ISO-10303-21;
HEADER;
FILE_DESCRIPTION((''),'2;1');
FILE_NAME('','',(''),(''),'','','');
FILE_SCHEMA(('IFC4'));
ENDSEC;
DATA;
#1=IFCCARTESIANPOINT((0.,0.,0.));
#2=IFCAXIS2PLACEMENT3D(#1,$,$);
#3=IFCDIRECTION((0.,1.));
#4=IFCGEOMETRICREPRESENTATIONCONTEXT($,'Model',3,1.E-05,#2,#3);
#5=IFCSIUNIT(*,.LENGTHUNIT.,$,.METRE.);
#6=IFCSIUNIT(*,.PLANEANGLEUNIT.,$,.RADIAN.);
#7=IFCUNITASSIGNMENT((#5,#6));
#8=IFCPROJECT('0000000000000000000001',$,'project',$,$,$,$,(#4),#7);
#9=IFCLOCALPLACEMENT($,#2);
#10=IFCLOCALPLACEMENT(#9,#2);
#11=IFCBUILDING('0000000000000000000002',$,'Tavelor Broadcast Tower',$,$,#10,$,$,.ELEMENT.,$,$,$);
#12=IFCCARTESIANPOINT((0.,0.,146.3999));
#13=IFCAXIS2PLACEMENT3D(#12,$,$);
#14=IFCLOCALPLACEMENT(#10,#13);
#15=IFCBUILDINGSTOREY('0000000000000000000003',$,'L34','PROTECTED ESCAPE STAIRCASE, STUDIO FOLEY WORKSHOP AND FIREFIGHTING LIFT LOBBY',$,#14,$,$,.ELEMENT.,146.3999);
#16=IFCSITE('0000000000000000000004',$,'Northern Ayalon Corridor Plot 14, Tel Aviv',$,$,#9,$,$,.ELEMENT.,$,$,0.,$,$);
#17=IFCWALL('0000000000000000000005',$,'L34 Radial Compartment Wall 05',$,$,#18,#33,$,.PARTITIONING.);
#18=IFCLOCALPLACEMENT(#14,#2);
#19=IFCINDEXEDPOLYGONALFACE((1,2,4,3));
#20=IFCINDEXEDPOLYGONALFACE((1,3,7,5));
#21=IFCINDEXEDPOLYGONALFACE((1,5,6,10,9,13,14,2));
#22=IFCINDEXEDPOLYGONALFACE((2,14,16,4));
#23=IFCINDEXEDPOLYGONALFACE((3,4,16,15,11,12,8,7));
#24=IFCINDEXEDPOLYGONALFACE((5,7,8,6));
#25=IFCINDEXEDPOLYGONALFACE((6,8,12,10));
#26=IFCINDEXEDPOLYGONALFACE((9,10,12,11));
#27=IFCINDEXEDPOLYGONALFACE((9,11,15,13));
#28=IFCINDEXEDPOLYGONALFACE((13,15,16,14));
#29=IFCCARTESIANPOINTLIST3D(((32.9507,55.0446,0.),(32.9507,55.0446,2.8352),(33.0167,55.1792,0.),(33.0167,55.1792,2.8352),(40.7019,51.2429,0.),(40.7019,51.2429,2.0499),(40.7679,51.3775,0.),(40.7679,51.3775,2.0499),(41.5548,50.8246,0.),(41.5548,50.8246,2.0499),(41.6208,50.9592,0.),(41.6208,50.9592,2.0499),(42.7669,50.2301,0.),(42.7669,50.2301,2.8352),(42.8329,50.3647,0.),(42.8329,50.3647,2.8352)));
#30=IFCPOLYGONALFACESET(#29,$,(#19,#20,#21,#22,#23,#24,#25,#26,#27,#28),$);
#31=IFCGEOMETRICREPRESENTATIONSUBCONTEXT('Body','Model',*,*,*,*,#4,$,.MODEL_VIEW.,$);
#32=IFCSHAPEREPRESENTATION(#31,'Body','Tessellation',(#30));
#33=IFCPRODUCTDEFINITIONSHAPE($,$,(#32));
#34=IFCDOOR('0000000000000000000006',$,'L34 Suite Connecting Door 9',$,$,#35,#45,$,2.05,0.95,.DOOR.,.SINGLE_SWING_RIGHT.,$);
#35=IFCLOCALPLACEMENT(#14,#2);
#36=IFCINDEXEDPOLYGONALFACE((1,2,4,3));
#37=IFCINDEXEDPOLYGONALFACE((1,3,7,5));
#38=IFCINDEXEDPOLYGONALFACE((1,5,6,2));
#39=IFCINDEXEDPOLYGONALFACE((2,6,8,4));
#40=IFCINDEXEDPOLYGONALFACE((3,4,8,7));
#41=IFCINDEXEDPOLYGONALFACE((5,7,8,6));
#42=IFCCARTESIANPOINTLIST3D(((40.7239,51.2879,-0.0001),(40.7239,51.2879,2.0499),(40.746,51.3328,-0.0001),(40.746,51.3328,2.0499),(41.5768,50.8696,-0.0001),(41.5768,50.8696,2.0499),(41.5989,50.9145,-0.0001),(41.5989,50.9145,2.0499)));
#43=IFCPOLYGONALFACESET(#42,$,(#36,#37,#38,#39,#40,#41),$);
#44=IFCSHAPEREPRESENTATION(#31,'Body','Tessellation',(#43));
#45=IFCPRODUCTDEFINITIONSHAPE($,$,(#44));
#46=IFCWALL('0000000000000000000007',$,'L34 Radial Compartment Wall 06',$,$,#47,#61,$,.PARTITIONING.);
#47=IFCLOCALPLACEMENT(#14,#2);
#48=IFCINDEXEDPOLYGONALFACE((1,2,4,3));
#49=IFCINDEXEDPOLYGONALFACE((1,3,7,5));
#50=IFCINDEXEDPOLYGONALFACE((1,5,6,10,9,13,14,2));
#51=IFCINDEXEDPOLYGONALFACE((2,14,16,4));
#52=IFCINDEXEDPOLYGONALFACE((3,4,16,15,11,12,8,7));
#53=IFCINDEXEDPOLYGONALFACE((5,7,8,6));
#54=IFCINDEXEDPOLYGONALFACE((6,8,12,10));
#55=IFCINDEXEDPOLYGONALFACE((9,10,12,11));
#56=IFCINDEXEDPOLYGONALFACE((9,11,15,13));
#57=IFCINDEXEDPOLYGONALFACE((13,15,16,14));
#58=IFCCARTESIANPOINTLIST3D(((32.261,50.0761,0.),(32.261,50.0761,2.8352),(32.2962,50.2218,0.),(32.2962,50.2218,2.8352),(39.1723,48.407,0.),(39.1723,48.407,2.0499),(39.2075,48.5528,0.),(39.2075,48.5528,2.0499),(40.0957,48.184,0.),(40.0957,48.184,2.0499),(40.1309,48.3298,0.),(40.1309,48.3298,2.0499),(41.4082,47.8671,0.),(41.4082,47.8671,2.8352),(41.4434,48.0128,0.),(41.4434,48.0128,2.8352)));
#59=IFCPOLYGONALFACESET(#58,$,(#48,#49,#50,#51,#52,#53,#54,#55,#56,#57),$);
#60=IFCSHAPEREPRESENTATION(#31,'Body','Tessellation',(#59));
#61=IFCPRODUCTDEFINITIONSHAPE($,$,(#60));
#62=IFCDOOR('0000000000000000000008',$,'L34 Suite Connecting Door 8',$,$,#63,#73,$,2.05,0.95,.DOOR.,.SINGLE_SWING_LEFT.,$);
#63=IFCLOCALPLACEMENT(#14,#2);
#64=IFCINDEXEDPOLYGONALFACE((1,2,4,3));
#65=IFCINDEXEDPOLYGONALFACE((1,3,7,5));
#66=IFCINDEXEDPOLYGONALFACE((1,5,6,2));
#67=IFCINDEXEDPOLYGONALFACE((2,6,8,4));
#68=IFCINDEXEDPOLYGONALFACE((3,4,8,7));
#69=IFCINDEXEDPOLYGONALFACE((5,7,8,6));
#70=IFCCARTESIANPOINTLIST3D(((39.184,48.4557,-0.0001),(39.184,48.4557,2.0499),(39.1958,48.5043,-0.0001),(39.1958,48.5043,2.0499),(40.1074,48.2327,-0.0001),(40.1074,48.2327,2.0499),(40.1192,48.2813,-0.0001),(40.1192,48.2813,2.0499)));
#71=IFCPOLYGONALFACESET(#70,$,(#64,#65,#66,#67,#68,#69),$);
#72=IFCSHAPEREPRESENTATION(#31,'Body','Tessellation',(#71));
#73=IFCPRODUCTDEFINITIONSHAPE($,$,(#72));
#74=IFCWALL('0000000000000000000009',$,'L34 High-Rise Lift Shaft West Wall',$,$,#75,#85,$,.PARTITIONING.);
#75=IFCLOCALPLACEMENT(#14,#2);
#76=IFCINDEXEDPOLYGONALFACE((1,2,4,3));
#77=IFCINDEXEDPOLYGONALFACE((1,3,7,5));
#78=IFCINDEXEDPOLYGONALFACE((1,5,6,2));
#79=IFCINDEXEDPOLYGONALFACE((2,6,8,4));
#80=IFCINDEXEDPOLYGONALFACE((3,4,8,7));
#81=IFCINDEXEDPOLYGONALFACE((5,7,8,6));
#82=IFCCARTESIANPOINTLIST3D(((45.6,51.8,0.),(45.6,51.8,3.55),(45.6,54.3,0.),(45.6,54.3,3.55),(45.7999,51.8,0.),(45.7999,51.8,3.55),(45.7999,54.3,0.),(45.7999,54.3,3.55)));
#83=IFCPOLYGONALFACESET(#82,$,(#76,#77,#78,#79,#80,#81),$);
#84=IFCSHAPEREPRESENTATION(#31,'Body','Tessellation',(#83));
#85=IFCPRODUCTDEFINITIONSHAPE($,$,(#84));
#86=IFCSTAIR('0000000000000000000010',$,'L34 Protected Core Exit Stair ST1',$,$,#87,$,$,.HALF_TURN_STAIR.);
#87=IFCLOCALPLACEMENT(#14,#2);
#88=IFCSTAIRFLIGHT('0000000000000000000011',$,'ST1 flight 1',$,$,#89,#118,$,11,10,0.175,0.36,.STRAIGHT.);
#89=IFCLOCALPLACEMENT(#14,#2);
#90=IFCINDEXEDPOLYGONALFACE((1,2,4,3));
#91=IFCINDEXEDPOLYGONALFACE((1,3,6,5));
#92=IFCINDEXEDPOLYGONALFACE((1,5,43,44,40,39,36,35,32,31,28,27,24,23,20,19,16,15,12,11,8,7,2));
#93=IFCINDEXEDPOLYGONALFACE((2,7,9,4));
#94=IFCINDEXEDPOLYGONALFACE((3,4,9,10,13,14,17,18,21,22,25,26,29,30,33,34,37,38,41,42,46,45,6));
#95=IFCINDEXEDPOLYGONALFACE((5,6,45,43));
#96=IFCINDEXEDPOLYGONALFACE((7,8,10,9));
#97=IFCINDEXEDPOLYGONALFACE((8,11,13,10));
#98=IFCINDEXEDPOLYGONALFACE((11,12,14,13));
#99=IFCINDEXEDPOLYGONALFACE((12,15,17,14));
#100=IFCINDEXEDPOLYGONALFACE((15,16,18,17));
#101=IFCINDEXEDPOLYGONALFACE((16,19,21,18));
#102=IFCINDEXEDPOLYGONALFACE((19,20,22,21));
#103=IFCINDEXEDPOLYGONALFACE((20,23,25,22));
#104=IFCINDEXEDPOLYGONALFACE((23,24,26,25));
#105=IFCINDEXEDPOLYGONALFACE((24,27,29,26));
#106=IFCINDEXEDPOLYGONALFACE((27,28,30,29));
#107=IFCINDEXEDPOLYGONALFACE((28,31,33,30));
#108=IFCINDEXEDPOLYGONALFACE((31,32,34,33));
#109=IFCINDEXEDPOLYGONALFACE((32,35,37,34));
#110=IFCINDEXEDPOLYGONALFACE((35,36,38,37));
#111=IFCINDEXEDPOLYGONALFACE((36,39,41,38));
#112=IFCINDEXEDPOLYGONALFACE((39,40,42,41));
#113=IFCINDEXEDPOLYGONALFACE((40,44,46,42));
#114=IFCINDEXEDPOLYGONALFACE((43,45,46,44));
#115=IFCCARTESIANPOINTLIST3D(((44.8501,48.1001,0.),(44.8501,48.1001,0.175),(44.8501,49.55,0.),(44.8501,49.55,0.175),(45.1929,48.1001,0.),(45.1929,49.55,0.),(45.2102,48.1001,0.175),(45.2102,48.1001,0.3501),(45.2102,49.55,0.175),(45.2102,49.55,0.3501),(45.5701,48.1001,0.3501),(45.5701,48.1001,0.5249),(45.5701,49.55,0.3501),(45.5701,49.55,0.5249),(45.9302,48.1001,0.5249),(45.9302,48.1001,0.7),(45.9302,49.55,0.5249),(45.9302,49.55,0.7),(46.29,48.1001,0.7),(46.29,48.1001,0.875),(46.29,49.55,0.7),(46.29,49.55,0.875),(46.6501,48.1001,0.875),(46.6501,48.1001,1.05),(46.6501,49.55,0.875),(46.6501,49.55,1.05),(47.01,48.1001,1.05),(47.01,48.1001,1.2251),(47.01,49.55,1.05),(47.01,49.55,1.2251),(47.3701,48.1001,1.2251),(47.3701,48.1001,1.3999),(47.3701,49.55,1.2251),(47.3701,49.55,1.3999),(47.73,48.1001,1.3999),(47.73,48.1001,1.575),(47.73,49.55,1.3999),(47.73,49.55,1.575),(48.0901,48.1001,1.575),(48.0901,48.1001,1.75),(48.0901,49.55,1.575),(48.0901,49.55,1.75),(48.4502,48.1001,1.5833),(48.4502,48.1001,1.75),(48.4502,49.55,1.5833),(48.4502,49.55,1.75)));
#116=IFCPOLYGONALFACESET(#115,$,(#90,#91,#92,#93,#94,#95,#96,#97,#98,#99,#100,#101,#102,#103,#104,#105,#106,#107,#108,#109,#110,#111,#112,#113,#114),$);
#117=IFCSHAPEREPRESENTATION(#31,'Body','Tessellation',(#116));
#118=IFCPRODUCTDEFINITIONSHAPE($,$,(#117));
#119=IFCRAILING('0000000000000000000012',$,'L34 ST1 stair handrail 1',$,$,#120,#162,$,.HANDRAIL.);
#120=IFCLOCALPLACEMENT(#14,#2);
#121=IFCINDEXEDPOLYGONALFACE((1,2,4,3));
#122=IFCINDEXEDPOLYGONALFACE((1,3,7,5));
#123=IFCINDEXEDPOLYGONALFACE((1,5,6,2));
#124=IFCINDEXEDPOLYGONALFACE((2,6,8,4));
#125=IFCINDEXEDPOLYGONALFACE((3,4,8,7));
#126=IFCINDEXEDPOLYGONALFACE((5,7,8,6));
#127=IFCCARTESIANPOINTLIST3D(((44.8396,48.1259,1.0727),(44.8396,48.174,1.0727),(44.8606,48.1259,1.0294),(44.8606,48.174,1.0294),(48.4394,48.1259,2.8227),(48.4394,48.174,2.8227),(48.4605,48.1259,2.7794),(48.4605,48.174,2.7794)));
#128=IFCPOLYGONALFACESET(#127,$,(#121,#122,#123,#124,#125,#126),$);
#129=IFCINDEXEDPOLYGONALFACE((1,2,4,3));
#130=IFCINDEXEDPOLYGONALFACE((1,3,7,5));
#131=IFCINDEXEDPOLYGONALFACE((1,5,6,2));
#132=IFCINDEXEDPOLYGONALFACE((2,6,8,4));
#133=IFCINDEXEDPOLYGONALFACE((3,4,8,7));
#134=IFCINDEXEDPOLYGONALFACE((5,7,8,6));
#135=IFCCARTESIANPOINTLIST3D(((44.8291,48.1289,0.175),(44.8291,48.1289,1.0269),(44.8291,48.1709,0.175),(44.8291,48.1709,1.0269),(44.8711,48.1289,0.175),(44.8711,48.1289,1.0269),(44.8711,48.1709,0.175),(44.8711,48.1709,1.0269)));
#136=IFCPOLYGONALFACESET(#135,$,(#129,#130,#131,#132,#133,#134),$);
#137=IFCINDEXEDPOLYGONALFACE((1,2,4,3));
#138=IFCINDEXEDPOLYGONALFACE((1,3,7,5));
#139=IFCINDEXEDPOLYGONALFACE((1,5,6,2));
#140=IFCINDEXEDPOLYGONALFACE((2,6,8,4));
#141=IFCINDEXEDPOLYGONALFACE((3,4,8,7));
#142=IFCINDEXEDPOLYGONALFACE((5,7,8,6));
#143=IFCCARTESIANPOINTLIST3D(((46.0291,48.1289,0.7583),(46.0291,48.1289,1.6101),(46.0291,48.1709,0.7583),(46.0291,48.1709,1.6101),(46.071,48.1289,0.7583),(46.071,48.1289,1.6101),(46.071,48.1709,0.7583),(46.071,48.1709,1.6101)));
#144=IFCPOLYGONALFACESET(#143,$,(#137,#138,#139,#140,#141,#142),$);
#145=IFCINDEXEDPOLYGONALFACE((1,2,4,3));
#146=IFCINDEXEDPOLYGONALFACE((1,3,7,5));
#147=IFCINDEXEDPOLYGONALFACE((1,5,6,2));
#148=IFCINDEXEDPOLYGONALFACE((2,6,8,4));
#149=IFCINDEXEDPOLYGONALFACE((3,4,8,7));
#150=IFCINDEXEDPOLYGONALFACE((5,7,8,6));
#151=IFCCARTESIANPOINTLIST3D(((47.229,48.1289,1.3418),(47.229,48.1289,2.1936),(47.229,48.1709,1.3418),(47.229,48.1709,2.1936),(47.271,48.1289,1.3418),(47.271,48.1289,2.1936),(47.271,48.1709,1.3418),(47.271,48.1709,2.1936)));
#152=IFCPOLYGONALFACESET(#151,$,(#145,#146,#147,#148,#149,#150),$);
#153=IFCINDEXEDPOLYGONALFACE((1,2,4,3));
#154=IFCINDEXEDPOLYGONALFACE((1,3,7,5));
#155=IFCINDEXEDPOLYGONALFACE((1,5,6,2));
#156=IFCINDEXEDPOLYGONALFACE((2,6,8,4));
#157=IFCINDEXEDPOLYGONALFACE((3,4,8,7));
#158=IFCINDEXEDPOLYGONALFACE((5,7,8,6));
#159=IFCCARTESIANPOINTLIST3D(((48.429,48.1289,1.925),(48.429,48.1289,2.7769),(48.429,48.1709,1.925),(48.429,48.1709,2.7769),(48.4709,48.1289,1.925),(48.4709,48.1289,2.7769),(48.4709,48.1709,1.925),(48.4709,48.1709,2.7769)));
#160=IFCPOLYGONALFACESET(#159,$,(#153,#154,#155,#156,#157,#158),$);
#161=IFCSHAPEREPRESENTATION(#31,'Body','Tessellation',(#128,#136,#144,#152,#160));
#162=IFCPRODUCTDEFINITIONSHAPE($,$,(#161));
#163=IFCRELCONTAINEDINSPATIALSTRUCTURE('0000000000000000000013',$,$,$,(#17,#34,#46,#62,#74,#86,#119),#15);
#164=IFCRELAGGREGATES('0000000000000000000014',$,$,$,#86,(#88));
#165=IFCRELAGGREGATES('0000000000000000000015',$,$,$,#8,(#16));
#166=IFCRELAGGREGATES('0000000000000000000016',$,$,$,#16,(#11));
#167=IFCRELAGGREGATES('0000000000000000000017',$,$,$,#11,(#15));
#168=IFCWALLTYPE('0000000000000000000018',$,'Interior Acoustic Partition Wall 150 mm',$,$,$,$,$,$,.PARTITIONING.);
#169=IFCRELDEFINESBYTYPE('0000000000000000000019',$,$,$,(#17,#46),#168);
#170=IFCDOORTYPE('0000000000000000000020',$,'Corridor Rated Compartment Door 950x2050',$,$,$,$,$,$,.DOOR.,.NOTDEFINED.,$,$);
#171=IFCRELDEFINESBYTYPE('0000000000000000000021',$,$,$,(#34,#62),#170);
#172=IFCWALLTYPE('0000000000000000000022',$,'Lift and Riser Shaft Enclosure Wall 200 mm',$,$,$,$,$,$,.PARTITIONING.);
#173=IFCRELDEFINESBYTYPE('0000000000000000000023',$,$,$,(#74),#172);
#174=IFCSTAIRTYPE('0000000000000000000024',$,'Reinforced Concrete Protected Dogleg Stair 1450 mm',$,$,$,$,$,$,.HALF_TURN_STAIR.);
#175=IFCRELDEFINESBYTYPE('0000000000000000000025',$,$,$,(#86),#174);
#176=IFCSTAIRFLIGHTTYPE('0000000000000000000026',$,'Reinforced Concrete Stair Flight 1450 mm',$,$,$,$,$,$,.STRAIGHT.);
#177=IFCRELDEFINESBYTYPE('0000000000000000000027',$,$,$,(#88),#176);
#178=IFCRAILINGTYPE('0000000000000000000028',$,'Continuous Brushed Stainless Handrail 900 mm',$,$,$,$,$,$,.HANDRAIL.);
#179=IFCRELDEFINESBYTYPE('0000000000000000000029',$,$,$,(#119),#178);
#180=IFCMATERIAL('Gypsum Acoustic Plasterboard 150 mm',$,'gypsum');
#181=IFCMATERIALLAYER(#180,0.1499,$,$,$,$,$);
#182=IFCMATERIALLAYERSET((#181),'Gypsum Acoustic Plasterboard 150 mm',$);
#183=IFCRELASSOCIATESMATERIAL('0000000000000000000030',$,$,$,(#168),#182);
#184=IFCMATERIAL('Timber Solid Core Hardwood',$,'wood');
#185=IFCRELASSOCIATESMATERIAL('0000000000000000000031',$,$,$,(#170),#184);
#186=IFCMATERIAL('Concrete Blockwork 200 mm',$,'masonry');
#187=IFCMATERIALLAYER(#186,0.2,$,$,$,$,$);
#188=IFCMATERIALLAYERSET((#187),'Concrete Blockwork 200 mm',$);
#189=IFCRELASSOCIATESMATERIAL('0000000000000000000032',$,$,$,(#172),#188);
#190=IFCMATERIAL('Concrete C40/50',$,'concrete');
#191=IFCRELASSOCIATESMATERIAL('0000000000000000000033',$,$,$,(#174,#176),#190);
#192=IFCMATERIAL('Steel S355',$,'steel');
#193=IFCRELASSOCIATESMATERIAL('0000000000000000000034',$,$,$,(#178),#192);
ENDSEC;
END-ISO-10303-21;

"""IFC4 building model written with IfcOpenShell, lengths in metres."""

from ifc_helpers import new_model, si_unit, direction, frame, frame_2d, origin, origin_2d, place, context, subcontext, project, spatial, polyline, rectangle, outline, extrude, material, layer, layer_set, type_object, element, fill, aggregate, save


model = new_model("IFC4")

# Units and contexts
model_context = context("Model", 3, precision=1e-05, world=origin(), true_north=direction((0.0, 1.0)))
body_context = subcontext(model_context, "Body", "Model", "MODEL_VIEW")
ifc_project = project(units=[si_unit("LENGTHUNIT", "METRE"), si_unit("PLANEANGLEUNIT", "RADIAN")], contexts=[model_context])

# Site, building, storey
site_placement = place(None, origin())
site = spatial("IfcSite", under=ifc_project, at=site_placement, Name="Northern Ayalon Corridor Plot 14, Tel Aviv", CompositionType="ELEMENT", RefElevation=0.0)
building_placement = place(site_placement, origin())
building = spatial("IfcBuilding", under=site, at=building_placement, Name="Tavelor Broadcast Tower", CompositionType="ELEMENT")
storey_placement = place(building_placement, frame((0.0, 0.0, 146.3999)))
storey = spatial("IfcBuildingStorey", under=building, at=storey_placement, Name="L34", Description="PROTECTED ESCAPE STAIRCASE, STUDIO FOLEY WORKSHOP AND FIREFIGHTING LIFT LOBBY", CompositionType="ELEMENT", Elevation=146.3999)

# Shared definitions
ifc_material_1 = material(Name="Steel S355", Category="steel")

# Shared definitions
ifc_material_2 = material(Name="Gypsum Acoustic Plasterboard 150 mm", Category="gypsum")
ifc_layer_1 = layer(ifc_material_2, 0.1499)
ifc_layer_set_1 = layer_set([ifc_layer_1], Name="Gypsum Acoustic Plasterboard 150 mm")
wall_type_1 = type_object("IfcWallType", Name="Interior Acoustic Partition Wall 150 mm", PredefinedType="PARTITIONING", material=ifc_layer_set_1)

# Walls, openings, doors
wall_1_placement = place(storey_placement, frame((42.8, 50.2974, 0.0), z_axis=(0.0, 0.0, 1.0), x_axis=(-0.897826, 0.44035, 0.0)))
wall_1 = element("IfcWall", 1, at=wall_1_placement, inside=storey, type_object=wall_type_1, Name="L34 Radial Compartment Wall 05", PredefinedType="PARTITIONING", context=body_context, shape_type="SweptSolid", body=[
    extrude(rectangle(XDim=10.9333, YDim=0.1499, at=frame_2d((5.4668, 0.0))), origin(), (0.0, 0.0, 1.0), 2.8352),
])
opening_1_placement = place(wall_1_placement, frame((1.3501, 0.0, 0.0)))
opening_1 = element("IfcOpeningElement", 2, at=opening_1_placement, cuts=wall_1, PredefinedType="OPENING", context=body_context, shape_type="SweptSolid", body=[
    extrude(rectangle(XDim=0.95, YDim=2.05, at=frame_2d((0.4751, 1.0249))), frame((0.0, 0.085, 0.0), z_axis=(0.0, -1.0, 0.0), x_axis=(1.0, 0.0, 0.0)), (0.0, 0.0, 1.0), 0.1699),
])
ifc_material_3 = material(Name="Timber Solid Core Hardwood", Category="wood")
door_type_1 = type_object("IfcDoorType", Name="Corridor Rated Compartment Door 950x2050", OperationType="NOTDEFINED", PredefinedType="DOOR", material=ifc_material_3)
door_1_placement = place(opening_1_placement, origin())
door_1 = element("IfcDoor", 3, at=door_1_placement, inside=storey, type_object=door_type_1, Name="L34 Suite Connecting Door 9", OperationType="SINGLE_SWING_RIGHT", OverallHeight=2.05, OverallWidth=0.95, PredefinedType="DOOR", context=body_context, shape_type="SweptSolid", body=[
    extrude(rectangle(XDim=0.95, YDim=2.05, at=frame_2d((0.4751, 1.0249))), frame((0.0, 0.0249, 0.0), z_axis=(0.0, -1.0, 0.0), x_axis=(1.0, 0.0, 0.0)), (0.0, 0.0, 1.0), 0.05),
])
fill(opening_1, door_1)
wall_2_placement = place(storey_placement, frame((41.4258, 47.9399, 0.0), z_axis=(0.0, 0.0, 1.0), x_axis=(-0.972057, 0.234745, 0.0)))
wall_2 = element("IfcWall", 4, at=wall_2_placement, inside=storey, type_object=wall_type_1, Name="L34 Radial Compartment Wall 06", PredefinedType="PARTITIONING", context=body_context, shape_type="SweptSolid", body=[
    extrude(rectangle(XDim=9.4102, YDim=0.1499, at=frame_2d((4.7051, 0.0))), origin(), (0.0, 0.0, 1.0), 2.8352),
])
opening_2_placement = place(wall_2_placement, frame((1.3501, 0.0, 0.0)))
opening_2 = element("IfcOpeningElement", 5, at=opening_2_placement, cuts=wall_2, PredefinedType="OPENING", context=body_context, shape_type="SweptSolid", body=[
    extrude(rectangle(XDim=0.95, YDim=2.05, at=frame_2d((0.4751, 1.0249))), frame((0.0, 0.085, 0.0), z_axis=(0.0, -1.0, 0.0), x_axis=(1.0, 0.0, 0.0)), (0.0, 0.0, 1.0), 0.1699),
])
door_2_placement = place(opening_2_placement, origin())
door_2 = element("IfcDoor", 6, at=door_2_placement, inside=storey, type_object=door_type_1, Name="L34 Suite Connecting Door 8", OperationType="SINGLE_SWING_LEFT", OverallHeight=2.05, OverallWidth=0.95, PredefinedType="DOOR", context=body_context, shape_type="SweptSolid", body=[
    extrude(rectangle(XDim=0.95, YDim=2.05, at=frame_2d((0.4751, 1.0249))), frame((0.0, 0.0249, 0.0), z_axis=(0.0, -1.0, 0.0), x_axis=(1.0, 0.0, 0.0)), (0.0, 0.0, 1.0), 0.05),
])
fill(opening_2, door_2)

# Wall
ifc_material_4 = material(Name="Concrete Blockwork 200 mm", Category="masonry")
ifc_layer_2 = layer(ifc_material_4, 0.2)
ifc_layer_set_2 = layer_set([ifc_layer_2], Name="Concrete Blockwork 200 mm")
wall_type_2 = type_object("IfcWallType", Name="Lift and Riser Shaft Enclosure Wall 200 mm", PredefinedType="PARTITIONING", material=ifc_layer_set_2)
wall_3_placement = place(storey_placement, frame((45.7, 51.8, 0.0), z_axis=(0.0, 0.0, 1.0), x_axis=(0.0, 1.0, 0.0)))
element("IfcWall", 7, at=wall_3_placement, inside=storey, type_object=wall_type_2, Name="L34 High-Rise Lift Shaft West Wall", PredefinedType="PARTITIONING", context=body_context, shape_type="SweptSolid", body=[
    extrude(rectangle(XDim=2.5, YDim=0.2, at=frame_2d((1.25, 0.0))), origin(), (0.0, 0.0, 1.0), 3.55),
])

# Stair, stair flight
ifc_material_5 = material(Name="Concrete C40/50", Category="concrete")
stair_type = type_object("IfcStairType", Name="Reinforced Concrete Protected Dogleg Stair 1450 mm", PredefinedType="HALF_TURN_STAIR", material=ifc_material_5)
stair_placement = place(storey_placement, origin())
stair = element("IfcStair", 8, at=stair_placement, inside=storey, type_object=stair_type, Name="L34 Protected Core Exit Stair ST1", PredefinedType="HALF_TURN_STAIR")
stair_flight_type = type_object("IfcStairFlightType", Name="Reinforced Concrete Stair Flight 1450 mm", PredefinedType="STRAIGHT", material=ifc_material_5)
stair_flight_placement = place(storey_placement, frame((44.8501, 48.825, 0.0), z_axis=(0.0, 0.0, 1.0), x_axis=(1.0, 0.0, 0.0)))
stair_flight = element("IfcStairFlight", 9, at=stair_flight_placement, type_object=stair_flight_type, Name="ST1 flight 1", NumberOfRisers=11, NumberOfTreads=10, PredefinedType="STRAIGHT", RiserHeight=0.175, TreadLength=0.36, context=body_context, shape_type="SweptSolid", body=[
    extrude(outline(polyline([(0.0, 0.0), (0.0, 0.175), (0.3601, 0.175), (0.3601, 0.3501), (0.72, 0.3501), (0.72, 0.5249), (1.0801, 0.5249), (1.0801, 0.7), (1.4399, 0.7), (1.4399, 0.875), (1.8, 0.875), (1.8, 1.05), (2.1599, 1.05), (2.1599, 1.2251), (2.52, 1.2251), (2.52, 1.3999), (2.8799, 1.3999), (2.8799, 1.575), (3.24, 1.575), (3.24, 1.75), (3.6001, 1.75), (3.6001, 1.925), (3.6001, 1.5833), (0.3428, 0.0), (0.0, 0.0)])), frame((0.0, 0.7251, 0.0), z_axis=(0.0, -1.0, 0.0), x_axis=(1.0, 0.0, 0.0)), (0.0, 0.0, 1.0), 1.45),
])
aggregate(stair, [stair_flight])

# Railing
railing_type_1 = type_object("IfcRailingType", Name="Continuous Brushed Stainless Handrail 900 mm", PredefinedType="HANDRAIL", material=ifc_material_1)
railing_1_placement = place(storey_placement, frame((44.8501, 48.1499, 0.175)))
element("IfcRailing", 10, at=railing_1_placement, inside=storey, type_object=railing_type_1, Name="L34 ST1 stair handrail 1", PredefinedType="HANDRAIL", context=body_context, shape_type="SweptSolid", body=[
    extrude(rectangle(XDim=0.0481, YDim=0.0481, at=origin_2d()), frame((0.0, 0.0, 0.876), z_axis=(0.899361, 0.0, 0.437207), x_axis=(0.0, 1.0, 0.0)), (0.0, 0.0, 1.0), 4.0027),
    extrude(rectangle(XDim=0.042, YDim=0.042, at=origin_2d()), origin(), (0.0, 0.0, 1.0), 0.8518),
    extrude(rectangle(XDim=0.042, YDim=0.042, at=origin_2d()), frame((1.2, 0.0, 0.5833)), (0.0, 0.0, 1.0), 0.8518),
    extrude(rectangle(XDim=0.042, YDim=0.042, at=origin_2d()), frame((2.3999, 0.0, 1.1667)), (0.0, 0.0, 1.0), 0.8518),
    extrude(rectangle(XDim=0.042, YDim=0.042, at=origin_2d()), frame((3.5999, 0.0, 1.75)), (0.0, 0.0, 1.0), 0.8518),
])

save(model, "model.ifc")
